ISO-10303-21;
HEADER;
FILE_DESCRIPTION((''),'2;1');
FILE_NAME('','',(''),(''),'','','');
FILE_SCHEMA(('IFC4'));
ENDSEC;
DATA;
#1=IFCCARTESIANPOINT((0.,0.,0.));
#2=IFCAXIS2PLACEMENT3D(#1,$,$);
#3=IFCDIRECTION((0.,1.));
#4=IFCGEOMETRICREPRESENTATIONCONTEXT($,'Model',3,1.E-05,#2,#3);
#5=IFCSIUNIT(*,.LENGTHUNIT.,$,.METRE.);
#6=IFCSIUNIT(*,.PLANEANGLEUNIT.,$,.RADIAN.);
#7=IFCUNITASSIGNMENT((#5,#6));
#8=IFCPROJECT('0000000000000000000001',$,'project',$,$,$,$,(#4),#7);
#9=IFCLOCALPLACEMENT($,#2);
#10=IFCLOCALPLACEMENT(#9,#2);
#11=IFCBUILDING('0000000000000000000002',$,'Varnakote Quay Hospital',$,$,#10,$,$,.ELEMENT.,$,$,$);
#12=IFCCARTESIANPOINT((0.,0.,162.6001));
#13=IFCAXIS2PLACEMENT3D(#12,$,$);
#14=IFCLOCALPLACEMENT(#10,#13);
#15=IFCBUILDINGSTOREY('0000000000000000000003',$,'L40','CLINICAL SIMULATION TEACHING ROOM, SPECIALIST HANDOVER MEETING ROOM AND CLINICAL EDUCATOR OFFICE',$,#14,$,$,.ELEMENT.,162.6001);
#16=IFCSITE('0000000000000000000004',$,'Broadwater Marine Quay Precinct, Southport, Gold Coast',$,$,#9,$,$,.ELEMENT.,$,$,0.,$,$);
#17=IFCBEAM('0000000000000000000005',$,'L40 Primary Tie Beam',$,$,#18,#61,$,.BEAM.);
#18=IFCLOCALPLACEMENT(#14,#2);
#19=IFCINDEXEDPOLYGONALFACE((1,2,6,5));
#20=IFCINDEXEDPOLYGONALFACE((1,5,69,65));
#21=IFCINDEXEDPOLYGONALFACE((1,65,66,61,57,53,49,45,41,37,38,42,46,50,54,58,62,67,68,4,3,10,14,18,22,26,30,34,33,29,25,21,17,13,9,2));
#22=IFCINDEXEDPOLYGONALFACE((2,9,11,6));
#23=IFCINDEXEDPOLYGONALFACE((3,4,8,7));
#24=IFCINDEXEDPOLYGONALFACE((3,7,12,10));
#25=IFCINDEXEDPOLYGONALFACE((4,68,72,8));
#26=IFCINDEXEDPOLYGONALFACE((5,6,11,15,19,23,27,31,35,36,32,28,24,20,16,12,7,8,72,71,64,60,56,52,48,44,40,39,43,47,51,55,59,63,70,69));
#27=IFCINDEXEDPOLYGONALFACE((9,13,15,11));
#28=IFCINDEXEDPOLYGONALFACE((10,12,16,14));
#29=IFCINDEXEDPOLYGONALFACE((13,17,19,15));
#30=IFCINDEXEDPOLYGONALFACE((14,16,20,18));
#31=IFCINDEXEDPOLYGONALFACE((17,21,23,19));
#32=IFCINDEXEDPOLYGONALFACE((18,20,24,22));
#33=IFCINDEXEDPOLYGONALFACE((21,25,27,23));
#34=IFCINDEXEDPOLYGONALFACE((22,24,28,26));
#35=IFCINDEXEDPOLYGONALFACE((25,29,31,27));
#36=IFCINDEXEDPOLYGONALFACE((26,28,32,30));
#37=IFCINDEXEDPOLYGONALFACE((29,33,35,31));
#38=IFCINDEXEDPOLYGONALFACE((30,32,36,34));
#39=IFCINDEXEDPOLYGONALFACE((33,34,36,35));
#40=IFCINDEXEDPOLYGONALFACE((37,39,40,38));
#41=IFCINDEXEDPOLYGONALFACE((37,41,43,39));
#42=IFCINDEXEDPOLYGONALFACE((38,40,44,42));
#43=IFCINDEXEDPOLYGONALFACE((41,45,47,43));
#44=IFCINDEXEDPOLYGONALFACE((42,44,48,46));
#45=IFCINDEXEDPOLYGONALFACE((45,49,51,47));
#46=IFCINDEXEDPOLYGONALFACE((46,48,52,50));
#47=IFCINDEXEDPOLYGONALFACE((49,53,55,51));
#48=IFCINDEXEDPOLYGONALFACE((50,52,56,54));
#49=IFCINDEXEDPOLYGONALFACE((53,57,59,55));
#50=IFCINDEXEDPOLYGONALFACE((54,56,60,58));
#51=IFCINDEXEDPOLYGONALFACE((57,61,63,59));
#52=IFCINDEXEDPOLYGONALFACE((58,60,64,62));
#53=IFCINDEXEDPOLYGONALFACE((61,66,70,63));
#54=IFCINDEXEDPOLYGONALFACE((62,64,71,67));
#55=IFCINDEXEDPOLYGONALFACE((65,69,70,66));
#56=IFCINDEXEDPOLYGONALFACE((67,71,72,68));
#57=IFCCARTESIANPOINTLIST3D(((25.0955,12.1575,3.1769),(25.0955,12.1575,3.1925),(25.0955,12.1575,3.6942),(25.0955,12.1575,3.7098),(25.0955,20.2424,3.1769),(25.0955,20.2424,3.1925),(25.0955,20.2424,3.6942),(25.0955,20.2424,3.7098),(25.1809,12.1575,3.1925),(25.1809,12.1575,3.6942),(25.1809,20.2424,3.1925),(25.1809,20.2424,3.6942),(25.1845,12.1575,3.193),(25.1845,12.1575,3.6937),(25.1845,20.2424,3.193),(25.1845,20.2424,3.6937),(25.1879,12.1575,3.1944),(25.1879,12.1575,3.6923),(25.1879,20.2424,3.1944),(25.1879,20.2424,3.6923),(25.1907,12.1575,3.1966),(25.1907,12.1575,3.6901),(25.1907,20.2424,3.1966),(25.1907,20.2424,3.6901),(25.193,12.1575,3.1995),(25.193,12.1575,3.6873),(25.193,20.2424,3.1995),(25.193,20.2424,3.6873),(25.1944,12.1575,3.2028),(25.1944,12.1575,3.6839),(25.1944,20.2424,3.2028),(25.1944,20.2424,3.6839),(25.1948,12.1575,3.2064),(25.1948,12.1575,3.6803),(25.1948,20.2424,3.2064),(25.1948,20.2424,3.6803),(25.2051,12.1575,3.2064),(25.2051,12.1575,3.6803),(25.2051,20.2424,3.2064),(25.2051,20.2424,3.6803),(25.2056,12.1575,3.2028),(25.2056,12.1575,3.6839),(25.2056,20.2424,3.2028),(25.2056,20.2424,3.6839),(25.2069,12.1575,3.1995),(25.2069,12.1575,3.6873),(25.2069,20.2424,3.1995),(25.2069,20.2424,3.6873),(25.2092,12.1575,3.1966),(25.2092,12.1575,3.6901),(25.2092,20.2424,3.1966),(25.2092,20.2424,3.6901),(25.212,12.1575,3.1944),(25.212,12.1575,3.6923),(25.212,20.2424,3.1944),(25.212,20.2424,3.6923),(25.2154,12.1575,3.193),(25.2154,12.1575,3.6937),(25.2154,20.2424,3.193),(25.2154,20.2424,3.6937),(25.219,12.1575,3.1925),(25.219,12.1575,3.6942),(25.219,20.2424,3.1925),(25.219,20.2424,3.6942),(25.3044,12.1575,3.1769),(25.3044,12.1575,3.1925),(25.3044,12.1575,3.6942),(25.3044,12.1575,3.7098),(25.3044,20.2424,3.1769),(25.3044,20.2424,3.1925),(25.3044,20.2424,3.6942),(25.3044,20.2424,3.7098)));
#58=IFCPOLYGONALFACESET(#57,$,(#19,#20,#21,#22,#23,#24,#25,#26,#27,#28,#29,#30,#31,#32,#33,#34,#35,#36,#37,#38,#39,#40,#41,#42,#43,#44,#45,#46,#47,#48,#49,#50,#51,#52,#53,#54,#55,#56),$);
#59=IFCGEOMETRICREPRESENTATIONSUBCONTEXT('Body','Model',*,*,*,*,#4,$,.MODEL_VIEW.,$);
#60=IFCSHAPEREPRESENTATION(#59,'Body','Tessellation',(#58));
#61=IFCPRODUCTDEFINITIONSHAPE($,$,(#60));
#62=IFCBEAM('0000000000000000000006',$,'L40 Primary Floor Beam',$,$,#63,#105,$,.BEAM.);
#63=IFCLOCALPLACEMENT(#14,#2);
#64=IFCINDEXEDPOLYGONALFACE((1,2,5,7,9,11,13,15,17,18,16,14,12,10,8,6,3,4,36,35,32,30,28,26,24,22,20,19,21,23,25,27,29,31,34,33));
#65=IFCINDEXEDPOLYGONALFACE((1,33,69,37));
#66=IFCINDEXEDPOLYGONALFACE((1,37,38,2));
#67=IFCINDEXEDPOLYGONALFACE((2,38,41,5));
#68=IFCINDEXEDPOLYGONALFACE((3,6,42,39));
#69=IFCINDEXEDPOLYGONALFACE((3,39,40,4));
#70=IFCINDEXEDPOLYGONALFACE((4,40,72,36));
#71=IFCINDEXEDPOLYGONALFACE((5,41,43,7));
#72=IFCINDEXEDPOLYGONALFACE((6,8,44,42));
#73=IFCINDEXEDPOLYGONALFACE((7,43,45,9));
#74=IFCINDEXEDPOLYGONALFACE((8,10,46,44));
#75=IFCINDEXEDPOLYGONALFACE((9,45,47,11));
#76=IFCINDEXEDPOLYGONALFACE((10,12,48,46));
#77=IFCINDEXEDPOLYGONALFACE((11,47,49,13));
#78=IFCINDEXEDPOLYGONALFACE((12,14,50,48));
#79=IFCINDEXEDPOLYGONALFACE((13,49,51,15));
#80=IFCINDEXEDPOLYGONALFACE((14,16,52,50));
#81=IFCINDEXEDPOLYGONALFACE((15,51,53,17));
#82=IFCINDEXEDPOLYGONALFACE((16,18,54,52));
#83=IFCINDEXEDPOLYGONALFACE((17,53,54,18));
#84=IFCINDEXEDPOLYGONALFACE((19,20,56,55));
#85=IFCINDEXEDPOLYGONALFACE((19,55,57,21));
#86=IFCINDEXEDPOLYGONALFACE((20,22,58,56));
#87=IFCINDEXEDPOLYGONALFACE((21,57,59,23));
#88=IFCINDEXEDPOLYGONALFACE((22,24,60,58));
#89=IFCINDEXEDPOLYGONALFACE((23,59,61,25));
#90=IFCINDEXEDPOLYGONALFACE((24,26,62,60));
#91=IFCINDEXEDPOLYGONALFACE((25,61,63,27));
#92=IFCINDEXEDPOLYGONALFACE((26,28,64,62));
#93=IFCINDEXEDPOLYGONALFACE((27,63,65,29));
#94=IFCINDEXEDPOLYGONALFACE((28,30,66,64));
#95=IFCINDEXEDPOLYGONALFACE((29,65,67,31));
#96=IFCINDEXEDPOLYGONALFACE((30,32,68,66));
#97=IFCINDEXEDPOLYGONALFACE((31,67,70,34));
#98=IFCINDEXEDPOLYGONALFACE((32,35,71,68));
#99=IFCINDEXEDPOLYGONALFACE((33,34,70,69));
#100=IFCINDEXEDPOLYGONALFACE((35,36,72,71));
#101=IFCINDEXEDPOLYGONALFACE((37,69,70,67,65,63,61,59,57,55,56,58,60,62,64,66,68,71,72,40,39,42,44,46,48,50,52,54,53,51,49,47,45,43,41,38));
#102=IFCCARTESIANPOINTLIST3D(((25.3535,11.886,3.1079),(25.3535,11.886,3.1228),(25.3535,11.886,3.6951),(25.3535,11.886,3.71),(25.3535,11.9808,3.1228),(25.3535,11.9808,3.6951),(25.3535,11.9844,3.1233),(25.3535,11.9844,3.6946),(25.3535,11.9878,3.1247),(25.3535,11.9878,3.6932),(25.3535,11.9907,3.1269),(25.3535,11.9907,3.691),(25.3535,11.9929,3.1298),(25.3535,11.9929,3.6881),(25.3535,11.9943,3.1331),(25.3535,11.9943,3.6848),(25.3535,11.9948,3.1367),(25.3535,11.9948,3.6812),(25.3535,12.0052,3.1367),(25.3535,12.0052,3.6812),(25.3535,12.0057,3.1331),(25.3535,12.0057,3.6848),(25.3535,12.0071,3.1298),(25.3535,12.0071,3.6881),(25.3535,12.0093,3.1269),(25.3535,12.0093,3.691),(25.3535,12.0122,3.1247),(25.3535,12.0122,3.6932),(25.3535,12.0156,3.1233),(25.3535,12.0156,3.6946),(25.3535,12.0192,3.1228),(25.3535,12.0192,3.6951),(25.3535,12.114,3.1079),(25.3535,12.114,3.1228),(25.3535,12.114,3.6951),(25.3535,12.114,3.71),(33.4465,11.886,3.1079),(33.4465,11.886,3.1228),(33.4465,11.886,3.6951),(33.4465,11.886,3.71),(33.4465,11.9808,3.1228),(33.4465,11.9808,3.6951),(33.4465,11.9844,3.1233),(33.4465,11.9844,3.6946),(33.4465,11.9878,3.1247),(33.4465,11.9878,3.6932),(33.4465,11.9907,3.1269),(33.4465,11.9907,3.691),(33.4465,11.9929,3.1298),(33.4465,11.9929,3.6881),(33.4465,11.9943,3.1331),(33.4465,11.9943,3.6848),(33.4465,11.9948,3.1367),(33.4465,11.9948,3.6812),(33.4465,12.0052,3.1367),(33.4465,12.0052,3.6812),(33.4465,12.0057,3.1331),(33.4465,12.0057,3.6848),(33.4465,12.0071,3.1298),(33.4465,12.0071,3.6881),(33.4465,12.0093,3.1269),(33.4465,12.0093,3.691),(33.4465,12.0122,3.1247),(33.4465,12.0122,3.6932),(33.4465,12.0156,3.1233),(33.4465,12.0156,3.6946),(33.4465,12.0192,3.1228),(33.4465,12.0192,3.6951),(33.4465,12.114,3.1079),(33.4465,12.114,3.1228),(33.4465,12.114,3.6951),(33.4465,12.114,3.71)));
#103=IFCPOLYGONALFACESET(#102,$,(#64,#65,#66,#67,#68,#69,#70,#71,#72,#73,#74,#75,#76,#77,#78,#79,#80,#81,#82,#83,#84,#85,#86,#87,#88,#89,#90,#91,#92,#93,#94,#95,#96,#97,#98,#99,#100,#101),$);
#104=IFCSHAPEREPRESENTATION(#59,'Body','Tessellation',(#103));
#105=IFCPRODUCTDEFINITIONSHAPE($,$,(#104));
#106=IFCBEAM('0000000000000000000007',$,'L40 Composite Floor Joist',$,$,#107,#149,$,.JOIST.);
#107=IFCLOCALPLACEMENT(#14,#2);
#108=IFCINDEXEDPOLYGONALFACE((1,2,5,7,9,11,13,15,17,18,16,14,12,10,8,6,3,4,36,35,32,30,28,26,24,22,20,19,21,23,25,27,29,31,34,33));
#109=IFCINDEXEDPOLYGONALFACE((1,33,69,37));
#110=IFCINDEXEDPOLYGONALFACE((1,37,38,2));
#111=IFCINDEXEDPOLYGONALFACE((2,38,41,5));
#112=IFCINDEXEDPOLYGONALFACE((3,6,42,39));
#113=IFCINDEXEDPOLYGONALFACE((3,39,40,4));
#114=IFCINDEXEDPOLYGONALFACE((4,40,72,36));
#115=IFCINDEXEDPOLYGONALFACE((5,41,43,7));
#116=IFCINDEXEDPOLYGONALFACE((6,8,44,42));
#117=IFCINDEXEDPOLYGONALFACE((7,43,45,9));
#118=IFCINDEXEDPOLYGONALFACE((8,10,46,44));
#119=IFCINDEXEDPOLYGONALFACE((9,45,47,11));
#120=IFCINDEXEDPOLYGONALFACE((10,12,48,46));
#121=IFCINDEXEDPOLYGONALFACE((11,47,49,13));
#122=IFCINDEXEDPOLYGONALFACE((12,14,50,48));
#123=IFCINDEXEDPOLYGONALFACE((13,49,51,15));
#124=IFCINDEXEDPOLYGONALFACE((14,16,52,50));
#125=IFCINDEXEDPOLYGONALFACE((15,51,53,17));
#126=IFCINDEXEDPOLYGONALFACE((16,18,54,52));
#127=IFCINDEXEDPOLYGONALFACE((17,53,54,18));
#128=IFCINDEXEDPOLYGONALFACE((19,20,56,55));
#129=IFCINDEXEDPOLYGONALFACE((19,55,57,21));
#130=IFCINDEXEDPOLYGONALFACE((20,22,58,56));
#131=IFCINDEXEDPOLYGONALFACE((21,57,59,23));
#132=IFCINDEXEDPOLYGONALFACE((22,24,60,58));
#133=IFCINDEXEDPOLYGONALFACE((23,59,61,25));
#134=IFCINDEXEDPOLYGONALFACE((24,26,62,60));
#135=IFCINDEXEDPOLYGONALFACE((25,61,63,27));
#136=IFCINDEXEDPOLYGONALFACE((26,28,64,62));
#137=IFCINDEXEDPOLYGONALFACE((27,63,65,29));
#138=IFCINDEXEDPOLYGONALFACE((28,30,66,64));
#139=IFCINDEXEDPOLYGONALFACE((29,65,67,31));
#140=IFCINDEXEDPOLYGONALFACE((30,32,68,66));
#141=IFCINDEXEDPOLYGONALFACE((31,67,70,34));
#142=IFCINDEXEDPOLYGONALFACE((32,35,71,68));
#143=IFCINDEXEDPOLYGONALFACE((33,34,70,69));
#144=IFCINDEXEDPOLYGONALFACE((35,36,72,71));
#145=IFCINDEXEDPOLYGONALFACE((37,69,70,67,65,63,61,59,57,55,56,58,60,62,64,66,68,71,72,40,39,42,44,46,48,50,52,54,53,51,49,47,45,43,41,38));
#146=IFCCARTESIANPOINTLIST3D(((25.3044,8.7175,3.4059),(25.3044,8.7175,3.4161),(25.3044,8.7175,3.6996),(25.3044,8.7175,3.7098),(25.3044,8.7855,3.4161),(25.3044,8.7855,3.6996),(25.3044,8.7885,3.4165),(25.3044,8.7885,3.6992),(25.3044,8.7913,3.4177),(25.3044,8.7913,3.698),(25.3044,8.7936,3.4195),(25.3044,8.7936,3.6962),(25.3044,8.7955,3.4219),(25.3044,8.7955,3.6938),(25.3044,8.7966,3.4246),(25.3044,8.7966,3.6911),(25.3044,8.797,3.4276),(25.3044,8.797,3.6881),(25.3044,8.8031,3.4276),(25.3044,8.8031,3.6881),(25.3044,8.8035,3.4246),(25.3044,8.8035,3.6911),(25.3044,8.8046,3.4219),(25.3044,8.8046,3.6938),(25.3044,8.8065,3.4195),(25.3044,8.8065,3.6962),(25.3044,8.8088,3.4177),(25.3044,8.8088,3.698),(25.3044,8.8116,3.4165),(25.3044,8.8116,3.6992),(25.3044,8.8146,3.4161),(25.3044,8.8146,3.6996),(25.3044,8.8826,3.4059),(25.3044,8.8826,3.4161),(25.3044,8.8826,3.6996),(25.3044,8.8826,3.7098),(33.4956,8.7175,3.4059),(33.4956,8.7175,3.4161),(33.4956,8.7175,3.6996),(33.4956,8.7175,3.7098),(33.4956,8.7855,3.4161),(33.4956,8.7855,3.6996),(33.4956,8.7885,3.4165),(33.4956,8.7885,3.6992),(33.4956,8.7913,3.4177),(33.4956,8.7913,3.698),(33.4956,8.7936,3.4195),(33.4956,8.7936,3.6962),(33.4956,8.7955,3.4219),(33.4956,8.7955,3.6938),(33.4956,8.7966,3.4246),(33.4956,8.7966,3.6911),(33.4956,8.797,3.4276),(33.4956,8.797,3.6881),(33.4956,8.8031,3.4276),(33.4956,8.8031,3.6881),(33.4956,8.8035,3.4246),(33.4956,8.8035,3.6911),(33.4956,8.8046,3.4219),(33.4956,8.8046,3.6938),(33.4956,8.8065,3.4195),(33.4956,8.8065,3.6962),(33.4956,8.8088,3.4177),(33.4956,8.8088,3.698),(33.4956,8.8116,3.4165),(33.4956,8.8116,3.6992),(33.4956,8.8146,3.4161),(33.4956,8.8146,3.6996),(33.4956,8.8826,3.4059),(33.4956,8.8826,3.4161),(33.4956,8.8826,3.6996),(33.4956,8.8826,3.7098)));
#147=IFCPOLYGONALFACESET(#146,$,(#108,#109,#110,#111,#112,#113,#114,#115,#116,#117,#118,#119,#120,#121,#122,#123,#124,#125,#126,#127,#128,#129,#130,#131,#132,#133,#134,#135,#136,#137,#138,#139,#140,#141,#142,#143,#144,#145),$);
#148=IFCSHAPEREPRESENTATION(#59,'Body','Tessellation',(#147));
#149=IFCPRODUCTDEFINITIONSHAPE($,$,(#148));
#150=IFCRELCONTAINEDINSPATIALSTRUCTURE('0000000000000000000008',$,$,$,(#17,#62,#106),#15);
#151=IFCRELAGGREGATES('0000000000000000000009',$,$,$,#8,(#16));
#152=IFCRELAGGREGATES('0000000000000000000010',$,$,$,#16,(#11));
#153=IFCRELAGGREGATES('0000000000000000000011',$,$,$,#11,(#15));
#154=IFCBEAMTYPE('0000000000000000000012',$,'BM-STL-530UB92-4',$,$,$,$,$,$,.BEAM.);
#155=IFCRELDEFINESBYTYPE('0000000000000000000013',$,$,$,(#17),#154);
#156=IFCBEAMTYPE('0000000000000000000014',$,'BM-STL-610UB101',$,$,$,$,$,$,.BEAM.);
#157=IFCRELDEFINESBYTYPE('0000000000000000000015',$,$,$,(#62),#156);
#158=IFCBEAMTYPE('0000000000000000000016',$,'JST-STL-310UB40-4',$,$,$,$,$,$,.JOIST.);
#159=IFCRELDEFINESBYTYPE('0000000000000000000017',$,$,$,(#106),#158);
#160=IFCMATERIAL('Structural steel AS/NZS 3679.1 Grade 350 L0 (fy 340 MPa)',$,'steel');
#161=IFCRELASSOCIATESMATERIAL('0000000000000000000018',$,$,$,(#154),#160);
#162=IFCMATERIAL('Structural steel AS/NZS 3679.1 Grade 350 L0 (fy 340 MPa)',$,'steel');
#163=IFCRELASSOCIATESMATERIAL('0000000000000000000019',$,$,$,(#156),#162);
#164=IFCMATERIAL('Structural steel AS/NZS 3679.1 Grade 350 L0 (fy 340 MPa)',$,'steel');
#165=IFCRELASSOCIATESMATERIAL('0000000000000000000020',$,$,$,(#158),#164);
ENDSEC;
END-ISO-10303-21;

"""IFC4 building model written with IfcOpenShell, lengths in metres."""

from ifc_helpers import new_model, si_unit, direction, frame, origin, origin_2d, place, context, subcontext, project, spatial, i_section, extrude, material, material_profile, profile_set, type_object, element, save


model = new_model("IFC4")

# Units and contexts
model_context = context("Model", 3, precision=1e-05, world=origin(), true_north=direction((0.0, 1.0)))
body_context = subcontext(model_context, "Body", "Model", "MODEL_VIEW")
ifc_project = project(units=[si_unit("LENGTHUNIT", "METRE"), si_unit("PLANEANGLEUNIT", "RADIAN")], contexts=[model_context])

# Site, building, storey
site_placement = place(None, origin())
site = spatial("IfcSite", under=ifc_project, at=site_placement, Name="Broadwater Marine Quay Precinct, Southport, Gold Coast", CompositionType="ELEMENT", RefElevation=0.0)
building_placement = place(site_placement, origin())
building = spatial("IfcBuilding", under=site, at=building_placement, Name="Varnakote Quay Hospital", CompositionType="ELEMENT")
storey_placement = place(building_placement, frame((0.0, 0.0, 162.6001)))
storey = spatial("IfcBuildingStorey", under=building, at=storey_placement, Name="L40", Description="CLINICAL SIMULATION TEACHING ROOM, SPECIALIST HANDOVER MEETING ROOM AND CLINICAL EDUCATOR OFFICE", CompositionType="ELEMENT", Elevation=162.6001)

# Beams
ifc_material_1 = material(Name="Structural steel AS/NZS 3679.1 Grade 350 L0 (fy 340 MPa)", Category="steel")
ifc_material_profile_1 = material_profile(ifc_material_1, i_section(OverallWidth=0.209, OverallDepth=0.533, WebThickness=0.0103, FlangeThickness=0.0156, FilletRadius=0.0139, at=origin_2d()), Name="530UB92.4")
ifc_profile_set_1 = profile_set([ifc_material_profile_1], Name="Structural steel AS/NZS 3679.1 Grade 350 L0 (fy 340 MPa)")
beam_type_1 = type_object("IfcBeamType", Name="BM-STL-530UB92-4", PredefinedType="BEAM", material=ifc_profile_set_1)
beam_1_placement = place(storey_placement, frame((25.2, 12.1575, 3.4434), z_axis=(0.0, 1.0, 0.0), x_axis=(-1.0, 0.0, 0.0)))
element("IfcBeam", 1, at=beam_1_placement, inside=storey, type_object=beam_type_1, Name="L40 Primary Tie Beam", PredefinedType="BEAM", context=body_context, shape_type="SweptSolid", body=[
    extrude(i_section(OverallWidth=0.209, OverallDepth=0.533, WebThickness=0.0103, FlangeThickness=0.0156, FilletRadius=0.0139, at=origin_2d()), origin(), (0.0, 0.0, 1.0), 8.085),
])
ifc_material_2 = material(Name="Structural steel AS/NZS 3679.1 Grade 350 L0 (fy 340 MPa)", Category="steel")
ifc_material_profile_2 = material_profile(ifc_material_2, i_section(OverallWidth=0.228, OverallDepth=0.6021, WebThickness=0.0105, FlangeThickness=0.0149, FilletRadius=0.0139, at=origin_2d()), Name="610UB101")
ifc_profile_set_2 = profile_set([ifc_material_profile_2], Name="Structural steel AS/NZS 3679.1 Grade 350 L0 (fy 340 MPa)")
beam_type_2 = type_object("IfcBeamType", Name="BM-STL-610UB101", PredefinedType="BEAM", material=ifc_profile_set_2)
beam_2_placement = place(storey_placement, frame((25.3535, 12.0, 3.4089), z_axis=(1.0, 0.0, 0.0), x_axis=(0.0, 1.0, 0.0)))
element("IfcBeam", 2, at=beam_2_placement, inside=storey, type_object=beam_type_2, Name="L40 Primary Floor Beam", PredefinedType="BEAM", context=body_context, shape_type="SweptSolid", body=[
    extrude(i_section(OverallWidth=0.228, OverallDepth=0.6021, WebThickness=0.0105, FlangeThickness=0.0149, FilletRadius=0.0139, at=origin_2d()), origin(), (0.0, 0.0, 1.0), 8.093),
])
ifc_material_3 = material(Name="Structural steel AS/NZS 3679.1 Grade 350 L0 (fy 340 MPa)", Category="steel")
ifc_material_profile_3 = material_profile(ifc_material_3, i_section(OverallWidth=0.165, OverallDepth=0.304, WebThickness=0.0061, FlangeThickness=0.0103, FilletRadius=0.0115, at=origin_2d()), Name="310UB40.4")
ifc_profile_set_3 = profile_set([ifc_material_profile_3], Name="Structural steel AS/NZS 3679.1 Grade 350 L0 (fy 340 MPa)")
beam_type_3 = type_object("IfcBeamType", Name="JST-STL-310UB40-4", PredefinedType="JOIST", material=ifc_profile_set_3)
beam_3_placement = place(storey_placement, frame((25.3044, 8.8, 3.5579), z_axis=(1.0, 0.0, 0.0), x_axis=(0.0, 1.0, 0.0)))
element("IfcBeam", 3, at=beam_3_placement, inside=storey, type_object=beam_type_3, Name="L40 Composite Floor Joist", PredefinedType="JOIST", context=body_context, shape_type="SweptSolid", body=[
    extrude(i_section(OverallWidth=0.165, OverallDepth=0.304, WebThickness=0.0061, FlangeThickness=0.0103, FilletRadius=0.0115, at=origin_2d()), origin(), (0.0, 0.0, 1.0), 8.1912),
])

save(model, "model.ifc")
